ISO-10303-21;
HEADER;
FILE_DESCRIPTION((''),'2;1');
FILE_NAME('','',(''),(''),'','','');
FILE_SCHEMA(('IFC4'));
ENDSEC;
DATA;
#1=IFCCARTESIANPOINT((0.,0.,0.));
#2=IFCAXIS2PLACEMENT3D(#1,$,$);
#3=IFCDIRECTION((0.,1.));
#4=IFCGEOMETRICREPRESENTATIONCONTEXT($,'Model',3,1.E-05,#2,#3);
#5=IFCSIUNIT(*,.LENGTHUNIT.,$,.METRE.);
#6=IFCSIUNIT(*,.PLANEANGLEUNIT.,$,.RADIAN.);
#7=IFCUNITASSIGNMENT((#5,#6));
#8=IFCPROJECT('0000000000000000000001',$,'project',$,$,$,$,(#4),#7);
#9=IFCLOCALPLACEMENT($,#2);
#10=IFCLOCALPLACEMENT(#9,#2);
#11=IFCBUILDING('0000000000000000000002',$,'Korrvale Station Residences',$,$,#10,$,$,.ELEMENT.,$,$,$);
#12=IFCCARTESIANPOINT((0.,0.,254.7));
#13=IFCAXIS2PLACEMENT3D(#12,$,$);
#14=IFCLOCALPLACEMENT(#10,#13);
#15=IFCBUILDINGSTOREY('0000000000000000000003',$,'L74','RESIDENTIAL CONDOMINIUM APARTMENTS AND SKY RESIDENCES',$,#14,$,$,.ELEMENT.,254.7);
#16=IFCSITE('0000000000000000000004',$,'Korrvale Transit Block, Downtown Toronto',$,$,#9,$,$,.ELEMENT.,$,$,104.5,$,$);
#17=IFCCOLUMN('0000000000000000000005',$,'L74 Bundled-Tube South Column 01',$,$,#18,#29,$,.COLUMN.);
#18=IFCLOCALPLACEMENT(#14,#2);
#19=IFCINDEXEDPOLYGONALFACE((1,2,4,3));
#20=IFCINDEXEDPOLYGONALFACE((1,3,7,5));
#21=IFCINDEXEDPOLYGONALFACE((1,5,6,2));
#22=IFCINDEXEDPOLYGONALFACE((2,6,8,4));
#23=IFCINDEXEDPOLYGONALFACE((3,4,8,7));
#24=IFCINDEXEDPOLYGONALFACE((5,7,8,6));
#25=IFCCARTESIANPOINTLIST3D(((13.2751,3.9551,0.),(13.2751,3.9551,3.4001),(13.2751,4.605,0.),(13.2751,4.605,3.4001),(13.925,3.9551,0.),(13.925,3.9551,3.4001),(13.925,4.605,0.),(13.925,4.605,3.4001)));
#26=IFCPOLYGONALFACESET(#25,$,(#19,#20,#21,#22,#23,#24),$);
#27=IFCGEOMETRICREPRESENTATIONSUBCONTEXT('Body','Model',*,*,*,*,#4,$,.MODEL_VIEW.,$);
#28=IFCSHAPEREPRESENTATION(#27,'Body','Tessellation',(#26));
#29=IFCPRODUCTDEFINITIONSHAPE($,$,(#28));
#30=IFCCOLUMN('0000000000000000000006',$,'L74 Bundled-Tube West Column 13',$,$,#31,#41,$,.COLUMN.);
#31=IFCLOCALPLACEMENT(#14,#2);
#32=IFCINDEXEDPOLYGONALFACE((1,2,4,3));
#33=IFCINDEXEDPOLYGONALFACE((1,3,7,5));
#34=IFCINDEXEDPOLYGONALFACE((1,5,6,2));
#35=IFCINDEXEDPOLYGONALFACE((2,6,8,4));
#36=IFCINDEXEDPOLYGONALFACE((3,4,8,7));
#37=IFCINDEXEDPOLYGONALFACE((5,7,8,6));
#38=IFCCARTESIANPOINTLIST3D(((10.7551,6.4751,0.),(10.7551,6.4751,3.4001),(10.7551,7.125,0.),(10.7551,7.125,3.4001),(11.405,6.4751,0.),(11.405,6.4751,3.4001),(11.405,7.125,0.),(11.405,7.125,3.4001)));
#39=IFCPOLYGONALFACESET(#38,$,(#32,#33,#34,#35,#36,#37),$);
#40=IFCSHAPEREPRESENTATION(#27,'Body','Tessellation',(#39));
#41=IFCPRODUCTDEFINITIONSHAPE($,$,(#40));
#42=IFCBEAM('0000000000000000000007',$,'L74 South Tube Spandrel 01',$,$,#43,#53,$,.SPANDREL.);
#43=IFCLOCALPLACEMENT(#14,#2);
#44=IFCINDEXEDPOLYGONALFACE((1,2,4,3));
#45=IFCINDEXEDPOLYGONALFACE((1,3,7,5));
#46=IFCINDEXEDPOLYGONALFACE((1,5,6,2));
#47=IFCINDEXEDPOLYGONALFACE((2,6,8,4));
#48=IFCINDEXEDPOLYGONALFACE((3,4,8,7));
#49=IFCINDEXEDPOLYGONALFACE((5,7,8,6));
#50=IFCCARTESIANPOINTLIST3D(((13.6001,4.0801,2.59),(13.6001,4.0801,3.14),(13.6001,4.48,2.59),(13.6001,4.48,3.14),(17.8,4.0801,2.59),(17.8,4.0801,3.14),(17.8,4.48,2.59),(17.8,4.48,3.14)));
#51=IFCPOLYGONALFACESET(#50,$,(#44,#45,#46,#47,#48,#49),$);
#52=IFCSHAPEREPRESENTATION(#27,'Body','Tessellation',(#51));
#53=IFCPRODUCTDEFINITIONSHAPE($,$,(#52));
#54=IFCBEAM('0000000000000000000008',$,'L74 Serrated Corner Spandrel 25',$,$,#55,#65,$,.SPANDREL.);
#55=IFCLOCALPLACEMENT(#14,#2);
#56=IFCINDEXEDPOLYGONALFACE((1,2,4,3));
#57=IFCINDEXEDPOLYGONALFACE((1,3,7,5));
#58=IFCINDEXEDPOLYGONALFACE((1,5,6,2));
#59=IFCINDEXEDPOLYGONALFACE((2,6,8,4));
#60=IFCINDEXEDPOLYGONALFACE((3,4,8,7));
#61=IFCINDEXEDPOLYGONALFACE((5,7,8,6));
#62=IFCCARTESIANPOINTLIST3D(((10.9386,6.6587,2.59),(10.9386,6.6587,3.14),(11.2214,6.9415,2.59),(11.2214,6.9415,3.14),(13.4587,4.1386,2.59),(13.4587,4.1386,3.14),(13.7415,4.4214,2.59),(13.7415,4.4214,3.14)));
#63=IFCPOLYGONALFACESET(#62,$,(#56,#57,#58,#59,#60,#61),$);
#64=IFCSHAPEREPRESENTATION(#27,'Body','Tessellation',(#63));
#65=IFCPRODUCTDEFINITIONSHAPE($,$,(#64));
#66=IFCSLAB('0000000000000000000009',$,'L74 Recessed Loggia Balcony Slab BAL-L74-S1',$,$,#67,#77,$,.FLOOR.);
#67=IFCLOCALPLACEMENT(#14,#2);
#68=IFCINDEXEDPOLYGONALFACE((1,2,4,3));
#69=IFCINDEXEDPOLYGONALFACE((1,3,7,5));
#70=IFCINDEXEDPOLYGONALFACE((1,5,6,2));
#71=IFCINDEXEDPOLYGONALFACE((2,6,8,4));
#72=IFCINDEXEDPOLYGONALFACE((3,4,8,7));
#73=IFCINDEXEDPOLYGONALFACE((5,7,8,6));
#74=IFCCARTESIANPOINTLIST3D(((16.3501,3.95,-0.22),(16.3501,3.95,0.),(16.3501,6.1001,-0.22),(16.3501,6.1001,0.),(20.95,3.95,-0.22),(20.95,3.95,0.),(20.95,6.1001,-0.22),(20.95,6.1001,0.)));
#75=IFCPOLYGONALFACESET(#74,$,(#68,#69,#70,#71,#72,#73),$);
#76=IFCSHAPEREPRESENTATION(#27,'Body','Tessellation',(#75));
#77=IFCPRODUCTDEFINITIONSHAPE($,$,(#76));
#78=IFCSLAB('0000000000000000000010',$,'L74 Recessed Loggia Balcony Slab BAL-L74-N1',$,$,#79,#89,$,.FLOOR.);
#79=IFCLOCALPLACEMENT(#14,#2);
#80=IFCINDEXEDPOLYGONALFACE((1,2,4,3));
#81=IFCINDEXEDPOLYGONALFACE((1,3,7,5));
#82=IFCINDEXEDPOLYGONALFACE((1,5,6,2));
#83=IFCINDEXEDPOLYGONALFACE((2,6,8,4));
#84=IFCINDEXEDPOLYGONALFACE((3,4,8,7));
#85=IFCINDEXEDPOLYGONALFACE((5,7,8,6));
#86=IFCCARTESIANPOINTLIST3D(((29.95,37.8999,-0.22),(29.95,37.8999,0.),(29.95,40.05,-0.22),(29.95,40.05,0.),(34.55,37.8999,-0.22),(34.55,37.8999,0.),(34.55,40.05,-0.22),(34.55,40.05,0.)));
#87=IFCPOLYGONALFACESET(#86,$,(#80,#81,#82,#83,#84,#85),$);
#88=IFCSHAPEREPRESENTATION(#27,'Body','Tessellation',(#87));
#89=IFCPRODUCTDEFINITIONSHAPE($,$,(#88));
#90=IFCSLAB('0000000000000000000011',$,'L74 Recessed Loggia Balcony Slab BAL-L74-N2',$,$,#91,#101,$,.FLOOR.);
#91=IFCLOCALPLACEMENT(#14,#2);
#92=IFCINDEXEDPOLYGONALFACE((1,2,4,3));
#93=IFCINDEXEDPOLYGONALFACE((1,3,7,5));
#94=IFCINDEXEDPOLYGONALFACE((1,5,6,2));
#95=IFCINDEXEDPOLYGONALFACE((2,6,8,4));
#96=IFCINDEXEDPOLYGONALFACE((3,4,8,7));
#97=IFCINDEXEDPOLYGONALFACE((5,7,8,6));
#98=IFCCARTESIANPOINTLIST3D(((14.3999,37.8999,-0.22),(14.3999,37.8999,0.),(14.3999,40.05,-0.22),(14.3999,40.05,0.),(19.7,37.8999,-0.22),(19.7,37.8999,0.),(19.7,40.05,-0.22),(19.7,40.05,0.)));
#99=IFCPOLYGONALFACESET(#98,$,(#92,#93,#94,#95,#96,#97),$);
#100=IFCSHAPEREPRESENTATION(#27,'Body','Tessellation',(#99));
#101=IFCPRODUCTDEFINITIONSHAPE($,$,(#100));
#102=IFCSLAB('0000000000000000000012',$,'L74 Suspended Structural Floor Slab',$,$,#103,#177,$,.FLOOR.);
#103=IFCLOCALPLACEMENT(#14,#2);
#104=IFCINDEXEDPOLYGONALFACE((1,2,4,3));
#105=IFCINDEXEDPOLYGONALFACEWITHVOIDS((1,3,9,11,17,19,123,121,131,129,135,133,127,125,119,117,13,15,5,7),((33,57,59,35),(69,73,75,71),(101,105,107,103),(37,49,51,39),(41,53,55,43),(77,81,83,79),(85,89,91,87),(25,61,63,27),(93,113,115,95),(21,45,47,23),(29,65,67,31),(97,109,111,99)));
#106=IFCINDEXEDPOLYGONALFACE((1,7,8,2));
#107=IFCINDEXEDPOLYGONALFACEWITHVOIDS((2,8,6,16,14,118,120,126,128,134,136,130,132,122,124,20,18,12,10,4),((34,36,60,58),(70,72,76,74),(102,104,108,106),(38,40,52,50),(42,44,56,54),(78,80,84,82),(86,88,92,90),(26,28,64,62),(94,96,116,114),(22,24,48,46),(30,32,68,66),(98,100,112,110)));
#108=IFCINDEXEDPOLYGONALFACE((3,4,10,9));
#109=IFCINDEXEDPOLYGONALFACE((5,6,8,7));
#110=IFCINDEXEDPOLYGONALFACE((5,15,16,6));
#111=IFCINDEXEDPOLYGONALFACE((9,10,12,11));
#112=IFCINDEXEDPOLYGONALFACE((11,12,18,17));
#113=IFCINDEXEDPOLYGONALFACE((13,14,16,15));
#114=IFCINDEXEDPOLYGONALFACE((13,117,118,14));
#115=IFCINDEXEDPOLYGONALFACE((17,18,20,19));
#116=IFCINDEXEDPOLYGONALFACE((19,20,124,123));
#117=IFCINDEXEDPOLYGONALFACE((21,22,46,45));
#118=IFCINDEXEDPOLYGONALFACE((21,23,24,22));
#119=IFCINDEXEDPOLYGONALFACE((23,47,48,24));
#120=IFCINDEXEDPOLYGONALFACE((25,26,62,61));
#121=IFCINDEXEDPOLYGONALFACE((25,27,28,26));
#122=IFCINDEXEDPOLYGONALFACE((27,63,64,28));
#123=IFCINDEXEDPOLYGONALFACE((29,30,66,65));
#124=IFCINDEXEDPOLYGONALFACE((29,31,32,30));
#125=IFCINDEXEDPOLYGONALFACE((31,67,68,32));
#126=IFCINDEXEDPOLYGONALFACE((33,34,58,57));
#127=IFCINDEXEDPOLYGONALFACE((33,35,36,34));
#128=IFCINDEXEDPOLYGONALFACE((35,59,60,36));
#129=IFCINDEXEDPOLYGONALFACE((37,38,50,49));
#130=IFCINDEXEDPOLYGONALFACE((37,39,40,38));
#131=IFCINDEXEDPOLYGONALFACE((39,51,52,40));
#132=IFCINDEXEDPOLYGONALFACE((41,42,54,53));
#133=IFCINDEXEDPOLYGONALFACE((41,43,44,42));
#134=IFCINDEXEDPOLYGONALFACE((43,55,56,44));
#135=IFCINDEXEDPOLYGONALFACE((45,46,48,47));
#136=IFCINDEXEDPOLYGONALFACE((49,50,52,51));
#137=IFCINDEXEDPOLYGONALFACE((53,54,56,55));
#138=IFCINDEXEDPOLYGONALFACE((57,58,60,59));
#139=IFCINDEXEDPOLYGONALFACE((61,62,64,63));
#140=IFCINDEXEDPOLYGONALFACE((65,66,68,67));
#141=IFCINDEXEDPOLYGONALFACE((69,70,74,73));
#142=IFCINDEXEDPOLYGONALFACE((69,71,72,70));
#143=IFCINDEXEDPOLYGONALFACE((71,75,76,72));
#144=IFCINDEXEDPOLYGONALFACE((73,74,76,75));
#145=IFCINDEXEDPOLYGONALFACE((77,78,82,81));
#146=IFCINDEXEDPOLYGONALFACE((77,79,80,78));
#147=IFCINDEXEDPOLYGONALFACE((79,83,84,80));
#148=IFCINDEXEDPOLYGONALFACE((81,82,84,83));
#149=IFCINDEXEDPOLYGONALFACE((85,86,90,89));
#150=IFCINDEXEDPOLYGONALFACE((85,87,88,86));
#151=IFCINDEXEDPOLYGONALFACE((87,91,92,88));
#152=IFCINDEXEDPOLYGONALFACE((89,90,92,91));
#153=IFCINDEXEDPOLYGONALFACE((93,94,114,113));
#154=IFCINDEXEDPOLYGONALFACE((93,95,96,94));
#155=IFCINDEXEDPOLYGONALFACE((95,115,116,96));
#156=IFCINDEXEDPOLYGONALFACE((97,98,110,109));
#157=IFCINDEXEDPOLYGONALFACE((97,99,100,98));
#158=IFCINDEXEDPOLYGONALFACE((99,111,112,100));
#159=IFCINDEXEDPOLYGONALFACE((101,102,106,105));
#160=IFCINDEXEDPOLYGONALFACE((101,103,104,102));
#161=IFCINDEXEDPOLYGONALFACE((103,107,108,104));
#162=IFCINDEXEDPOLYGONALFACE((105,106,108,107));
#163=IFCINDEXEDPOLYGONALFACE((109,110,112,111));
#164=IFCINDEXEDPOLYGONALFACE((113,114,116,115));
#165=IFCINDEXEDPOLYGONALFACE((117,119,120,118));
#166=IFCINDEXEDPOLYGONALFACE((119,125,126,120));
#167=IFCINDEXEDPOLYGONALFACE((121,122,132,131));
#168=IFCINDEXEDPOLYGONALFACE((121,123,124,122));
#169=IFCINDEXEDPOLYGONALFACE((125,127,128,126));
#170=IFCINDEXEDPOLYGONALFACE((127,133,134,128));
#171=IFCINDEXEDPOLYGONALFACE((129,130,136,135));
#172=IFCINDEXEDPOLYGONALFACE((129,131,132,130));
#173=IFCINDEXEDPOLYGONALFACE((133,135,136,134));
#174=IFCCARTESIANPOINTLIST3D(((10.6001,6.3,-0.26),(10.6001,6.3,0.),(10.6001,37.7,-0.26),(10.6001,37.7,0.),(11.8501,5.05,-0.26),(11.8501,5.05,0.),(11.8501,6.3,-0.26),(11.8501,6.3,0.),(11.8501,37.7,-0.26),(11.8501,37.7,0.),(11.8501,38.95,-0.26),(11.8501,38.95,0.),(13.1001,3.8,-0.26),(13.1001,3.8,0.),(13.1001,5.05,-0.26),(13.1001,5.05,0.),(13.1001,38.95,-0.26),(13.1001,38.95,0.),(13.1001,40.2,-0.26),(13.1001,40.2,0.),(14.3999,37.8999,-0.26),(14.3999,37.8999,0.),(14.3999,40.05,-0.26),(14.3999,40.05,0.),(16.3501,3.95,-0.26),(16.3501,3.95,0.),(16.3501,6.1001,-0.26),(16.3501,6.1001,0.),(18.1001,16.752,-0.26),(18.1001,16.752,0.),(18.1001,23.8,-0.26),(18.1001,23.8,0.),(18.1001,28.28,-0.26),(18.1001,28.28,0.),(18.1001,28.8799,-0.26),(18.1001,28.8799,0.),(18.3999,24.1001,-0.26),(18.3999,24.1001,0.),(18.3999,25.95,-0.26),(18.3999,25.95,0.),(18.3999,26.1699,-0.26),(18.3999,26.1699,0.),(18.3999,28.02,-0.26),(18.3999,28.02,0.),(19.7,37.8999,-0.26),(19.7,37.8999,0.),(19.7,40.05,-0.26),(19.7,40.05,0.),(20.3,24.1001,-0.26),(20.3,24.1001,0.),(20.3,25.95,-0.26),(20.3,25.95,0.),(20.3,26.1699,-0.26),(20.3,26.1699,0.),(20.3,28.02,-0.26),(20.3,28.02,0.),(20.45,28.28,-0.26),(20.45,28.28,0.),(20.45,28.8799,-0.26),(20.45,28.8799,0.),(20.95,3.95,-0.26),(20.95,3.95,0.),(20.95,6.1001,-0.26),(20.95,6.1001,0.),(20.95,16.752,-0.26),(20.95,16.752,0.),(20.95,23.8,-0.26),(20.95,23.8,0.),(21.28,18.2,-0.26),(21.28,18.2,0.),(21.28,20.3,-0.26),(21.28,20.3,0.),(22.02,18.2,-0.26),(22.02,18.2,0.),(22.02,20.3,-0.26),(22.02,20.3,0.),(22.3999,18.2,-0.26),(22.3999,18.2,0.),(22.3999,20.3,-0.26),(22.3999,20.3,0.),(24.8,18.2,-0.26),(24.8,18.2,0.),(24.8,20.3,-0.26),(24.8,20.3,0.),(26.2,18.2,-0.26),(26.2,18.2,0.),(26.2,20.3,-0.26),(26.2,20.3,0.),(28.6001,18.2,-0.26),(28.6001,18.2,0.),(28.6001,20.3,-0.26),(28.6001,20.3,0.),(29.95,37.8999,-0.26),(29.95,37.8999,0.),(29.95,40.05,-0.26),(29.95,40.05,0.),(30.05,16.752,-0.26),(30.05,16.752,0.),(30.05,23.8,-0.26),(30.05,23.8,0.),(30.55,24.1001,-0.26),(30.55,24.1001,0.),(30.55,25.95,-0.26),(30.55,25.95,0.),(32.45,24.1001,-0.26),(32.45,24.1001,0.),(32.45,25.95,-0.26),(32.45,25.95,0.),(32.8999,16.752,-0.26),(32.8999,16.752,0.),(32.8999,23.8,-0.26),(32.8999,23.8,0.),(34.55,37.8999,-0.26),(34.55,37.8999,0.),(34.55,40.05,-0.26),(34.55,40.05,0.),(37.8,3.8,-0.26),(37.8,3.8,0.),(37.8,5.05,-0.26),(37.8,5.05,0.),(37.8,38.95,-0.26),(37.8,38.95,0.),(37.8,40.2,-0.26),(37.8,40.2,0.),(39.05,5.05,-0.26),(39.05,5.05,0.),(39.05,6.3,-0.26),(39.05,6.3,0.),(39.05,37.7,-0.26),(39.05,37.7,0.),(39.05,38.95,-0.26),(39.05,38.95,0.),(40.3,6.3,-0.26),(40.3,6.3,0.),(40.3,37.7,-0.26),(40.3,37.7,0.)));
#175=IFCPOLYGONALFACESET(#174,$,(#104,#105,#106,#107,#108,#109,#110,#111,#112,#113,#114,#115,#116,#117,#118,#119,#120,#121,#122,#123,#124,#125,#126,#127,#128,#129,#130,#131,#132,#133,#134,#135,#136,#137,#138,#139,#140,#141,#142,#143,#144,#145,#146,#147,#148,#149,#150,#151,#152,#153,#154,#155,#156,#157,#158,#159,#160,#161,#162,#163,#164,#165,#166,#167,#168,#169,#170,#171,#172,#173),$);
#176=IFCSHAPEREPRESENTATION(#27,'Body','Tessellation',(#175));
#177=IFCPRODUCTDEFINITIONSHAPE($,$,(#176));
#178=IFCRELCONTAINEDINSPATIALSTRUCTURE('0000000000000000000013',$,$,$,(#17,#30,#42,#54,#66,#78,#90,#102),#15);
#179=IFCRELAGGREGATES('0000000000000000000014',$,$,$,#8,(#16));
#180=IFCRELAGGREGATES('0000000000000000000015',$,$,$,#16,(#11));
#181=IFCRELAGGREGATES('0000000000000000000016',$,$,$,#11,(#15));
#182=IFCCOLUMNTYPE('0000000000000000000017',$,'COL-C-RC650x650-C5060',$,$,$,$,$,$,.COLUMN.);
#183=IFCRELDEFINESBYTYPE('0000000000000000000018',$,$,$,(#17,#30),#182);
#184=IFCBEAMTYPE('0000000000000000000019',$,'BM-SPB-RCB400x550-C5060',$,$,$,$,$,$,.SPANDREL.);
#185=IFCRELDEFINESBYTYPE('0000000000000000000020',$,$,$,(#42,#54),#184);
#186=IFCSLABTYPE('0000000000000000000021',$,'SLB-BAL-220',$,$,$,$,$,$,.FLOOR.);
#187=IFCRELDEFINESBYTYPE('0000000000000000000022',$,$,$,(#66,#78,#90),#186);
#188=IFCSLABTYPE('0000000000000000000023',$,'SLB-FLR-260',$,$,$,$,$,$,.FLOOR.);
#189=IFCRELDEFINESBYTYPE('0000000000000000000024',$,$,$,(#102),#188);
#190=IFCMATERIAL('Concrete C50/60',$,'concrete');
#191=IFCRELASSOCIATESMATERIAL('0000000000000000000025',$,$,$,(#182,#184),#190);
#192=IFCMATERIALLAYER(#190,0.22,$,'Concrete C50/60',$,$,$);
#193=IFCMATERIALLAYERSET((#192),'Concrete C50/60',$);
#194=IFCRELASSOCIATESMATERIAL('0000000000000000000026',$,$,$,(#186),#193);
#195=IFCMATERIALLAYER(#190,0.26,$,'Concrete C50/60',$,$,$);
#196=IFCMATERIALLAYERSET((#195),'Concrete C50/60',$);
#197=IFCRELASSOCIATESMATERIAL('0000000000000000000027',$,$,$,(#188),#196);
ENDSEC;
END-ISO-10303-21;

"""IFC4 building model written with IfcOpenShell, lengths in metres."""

from ifc_helpers import new_model, si_unit, direction, frame, origin, origin_2d, place, context, subcontext, project, spatial, polyline, rectangle, outline, extrude, material, layer, layer_set, material_profile, profile_set, type_object, element, save


model = new_model("IFC4")

# Units and contexts
model_context = context("Model", 3, precision=1e-05, world=origin(), true_north=direction((0.0, 1.0)))
body_context = subcontext(model_context, "Body", "Model", "MODEL_VIEW")
ifc_project = project(units=[si_unit("LENGTHUNIT", "METRE"), si_unit("PLANEANGLEUNIT", "RADIAN")], contexts=[model_context])

# Site, building, storey
site_placement = place(None, origin())
site = spatial("IfcSite", under=ifc_project, at=site_placement, Name="Korrvale Transit Block, Downtown Toronto", CompositionType="ELEMENT", RefElevation=104.5)
building_placement = place(site_placement, origin())
building = spatial("IfcBuilding", under=site, at=building_placement, Name="Korrvale Station Residences", CompositionType="ELEMENT")
storey_placement = place(building_placement, frame((0.0, 0.0, 254.7)))
storey = spatial("IfcBuildingStorey", under=building, at=storey_placement, Name="L74", Description="RESIDENTIAL CONDOMINIUM APARTMENTS AND SKY RESIDENCES", CompositionType="ELEMENT", Elevation=254.7)

# Columns
ifc_material_1 = material(Name="Concrete C50/60", Category="concrete")
ifc_material_profile_1 = material_profile(ifc_material_1, rectangle(XDim=0.6499, YDim=0.6499, at=origin_2d()), Name="RC650x650")
ifc_profile_set_1 = profile_set([ifc_material_profile_1], Name="Concrete C50/60")
column_type = type_object("IfcColumnType", Name="COL-C-RC650x650-C5060", PredefinedType="COLUMN", material=ifc_profile_set_1)
for number, where, z_axis, x_axis, name in (
    (1, (13.6001, 4.28, 0.0), (0.0, 0.0, 1.0), (1.0, 0.0, 0.0), "L74 Bundled-Tube South Column 01"),
    (2, (11.0801, 6.8, 0.0), (0.0, 0.0, 1.0), (1.0, 0.0, 0.0), "L74 Bundled-Tube West Column 13"),
):
    element("IfcColumn", number, at=place(storey_placement, frame(where, z_axis=z_axis, x_axis=x_axis)), inside=storey, type_object=column_type, Name=name, PredefinedType="COLUMN", context=body_context, shape_type="SweptSolid", body=[
        extrude(rectangle(XDim=0.6499, YDim=0.6499, at=origin_2d()), origin(), (0.0, 0.0, 1.0), 3.4001),
    ])

# Beams
ifc_material_profile_2 = material_profile(ifc_material_1, rectangle(XDim=0.3999, YDim=0.55, at=origin_2d()), Name="RCB400x550")
ifc_profile_set_2 = profile_set([ifc_material_profile_2], Name="Concrete C50/60")
beam_type = type_object("IfcBeamType", Name="BM-SPB-RCB400x550-C5060", PredefinedType="SPANDREL", material=ifc_profile_set_2)
beam_1_placement = place(storey_placement, frame((13.6001, 4.28, 2.865), z_axis=(1.0, 0.0, 0.0), x_axis=(0.0, 1.0, 0.0)))
element("IfcBeam", 3, at=beam_1_placement, inside=storey, type_object=beam_type, Name="L74 South Tube Spandrel 01", PredefinedType="SPANDREL", context=body_context, shape_type="SweptSolid", body=[
    extrude(rectangle(XDim=0.3999, YDim=0.55, at=origin_2d()), origin(), (0.0, 0.0, 1.0), 4.2),
])
beam_2_placement = place(storey_placement, frame((13.6001, 4.28, 2.865), z_axis=(-0.707107, 0.707107, 0.0), x_axis=(-0.707107, -0.707107, 0.0)))
element("IfcBeam", 4, at=beam_2_placement, inside=storey, type_object=beam_type, Name="L74 Serrated Corner Spandrel 25", PredefinedType="SPANDREL", context=body_context, shape_type="SweptSolid", body=[
    extrude(rectangle(XDim=0.3999, YDim=0.55, at=origin_2d()), origin(), (0.0, 0.0, 1.0), 3.564),
])

# Slabs
ifc_layer_1 = layer(ifc_material_1, 0.22, Name="Concrete C50/60")
ifc_layer_set_1 = layer_set([ifc_layer_1], Name="Concrete C50/60")
slab_type_1 = type_object("IfcSlabType", Name="SLB-BAL-220", PredefinedType="FLOOR", material=ifc_layer_set_1)
slab_1_placement = place(storey_placement, frame((0.0, 0.0, -0.22)))
element("IfcSlab", 5, at=slab_1_placement, inside=storey, type_object=slab_type_1, Name="L74 Recessed Loggia Balcony Slab BAL-L74-S1", PredefinedType="FLOOR", context=body_context, shape_type="SweptSolid", body=[
    extrude(outline(polyline([(16.3501, 3.95), (20.95, 3.95), (20.95, 6.1001), (16.3501, 6.1001), (16.3501, 3.95)])), origin(), (0.0, 0.0, 1.0), 0.22),
])
slab_2_placement = place(storey_placement, frame((0.0, 0.0, -0.22)))
element("IfcSlab", 6, at=slab_2_placement, inside=storey, type_object=slab_type_1, Name="L74 Recessed Loggia Balcony Slab BAL-L74-N1", PredefinedType="FLOOR", context=body_context, shape_type="SweptSolid", body=[
    extrude(outline(polyline([(29.95, 37.8999), (34.55, 37.8999), (34.55, 40.05), (29.95, 40.05), (29.95, 37.8999)])), origin(), (0.0, 0.0, 1.0), 0.22),
])
slab_3_placement = place(storey_placement, frame((0.0, 0.0, -0.22)))
element("IfcSlab", 7, at=slab_3_placement, inside=storey, type_object=slab_type_1, Name="L74 Recessed Loggia Balcony Slab BAL-L74-N2", PredefinedType="FLOOR", context=body_context, shape_type="SweptSolid", body=[
    extrude(outline(polyline([(14.3999, 37.8999), (19.7, 37.8999), (19.7, 40.05), (14.3999, 40.05), (14.3999, 37.8999)])), origin(), (0.0, 0.0, 1.0), 0.22),
])
ifc_layer_2 = layer(ifc_material_1, 0.26, Name="Concrete C50/60")
ifc_layer_set_2 = layer_set([ifc_layer_2], Name="Concrete C50/60")
slab_type_2 = type_object("IfcSlabType", Name="SLB-FLR-260", PredefinedType="FLOOR", material=ifc_layer_set_2)
slab_4_placement = place(storey_placement, frame((0.0, 0.0, -0.26)))
element("IfcSlab", 8, at=slab_4_placement, inside=storey, type_object=slab_type_2, Name="L74 Suspended Structural Floor Slab", PredefinedType="FLOOR", context=body_context, shape_type="SweptSolid", body=[
    extrude(outline(polyline([(13.1001, 3.8), (37.8, 3.8), (37.8, 5.05), (39.05, 5.05), (39.05, 6.3), (40.3, 6.3), (40.3, 37.7), (39.05, 37.7), (39.05, 38.95), (37.8, 38.95), (37.8, 40.2), (13.1001, 40.2), (13.1001, 38.95), (11.8501, 38.95), (11.8501, 37.7), (10.6001, 37.7), (10.6001, 6.3), (11.8501, 6.3), (11.8501, 5.05), (13.1001, 5.05), (13.1001, 3.8)]), holes=[polyline([(20.95, 16.752), (20.95, 23.8), (18.1001, 23.8), (18.1001, 16.752), (20.95, 16.752)]), polyline([(32.8999, 16.752), (32.8999, 23.8), (30.05, 23.8), (30.05, 16.752), (32.8999, 16.752)]), polyline([(18.3999, 24.1001), (20.3, 24.1001), (20.3, 25.95), (18.3999, 25.95), (18.3999, 24.1001)]), polyline([(18.3999, 26.1699), (20.3, 26.1699), (20.3, 28.02), (18.3999, 28.02), (18.3999, 26.1699)]), polyline([(30.55, 24.1001), (32.45, 24.1001), (32.45, 25.95), (30.55, 25.95), (30.55, 24.1001)]), polyline([(22.3999, 18.2), (24.8, 18.2), (24.8, 20.3), (22.3999, 20.3), (22.3999, 18.2)]), polyline([(26.2, 18.2), (28.6001, 18.2), (28.6001, 20.3), (26.2, 20.3), (26.2, 18.2)]), polyline([(18.1001, 28.28), (20.45, 28.28), (20.45, 28.8799), (18.1001, 28.8799), (18.1001, 28.28)]), polyline([(21.28, 18.2), (22.02, 18.2), (22.02, 20.3), (21.28, 20.3), (21.28, 18.2)]), polyline([(16.3501, 3.95), (20.95, 3.95), (20.95, 6.1001), (16.3501, 6.1001), (16.3501, 3.95)]), polyline([(29.95, 37.8999), (34.55, 37.8999), (34.55, 40.05), (29.95, 40.05), (29.95, 37.8999)]), polyline([(14.3999, 37.8999), (19.7, 37.8999), (19.7, 40.05), (14.3999, 40.05), (14.3999, 37.8999)])]), origin(), (0.0, 0.0, 1.0), 0.26),
])

save(model, "model.ifc")
